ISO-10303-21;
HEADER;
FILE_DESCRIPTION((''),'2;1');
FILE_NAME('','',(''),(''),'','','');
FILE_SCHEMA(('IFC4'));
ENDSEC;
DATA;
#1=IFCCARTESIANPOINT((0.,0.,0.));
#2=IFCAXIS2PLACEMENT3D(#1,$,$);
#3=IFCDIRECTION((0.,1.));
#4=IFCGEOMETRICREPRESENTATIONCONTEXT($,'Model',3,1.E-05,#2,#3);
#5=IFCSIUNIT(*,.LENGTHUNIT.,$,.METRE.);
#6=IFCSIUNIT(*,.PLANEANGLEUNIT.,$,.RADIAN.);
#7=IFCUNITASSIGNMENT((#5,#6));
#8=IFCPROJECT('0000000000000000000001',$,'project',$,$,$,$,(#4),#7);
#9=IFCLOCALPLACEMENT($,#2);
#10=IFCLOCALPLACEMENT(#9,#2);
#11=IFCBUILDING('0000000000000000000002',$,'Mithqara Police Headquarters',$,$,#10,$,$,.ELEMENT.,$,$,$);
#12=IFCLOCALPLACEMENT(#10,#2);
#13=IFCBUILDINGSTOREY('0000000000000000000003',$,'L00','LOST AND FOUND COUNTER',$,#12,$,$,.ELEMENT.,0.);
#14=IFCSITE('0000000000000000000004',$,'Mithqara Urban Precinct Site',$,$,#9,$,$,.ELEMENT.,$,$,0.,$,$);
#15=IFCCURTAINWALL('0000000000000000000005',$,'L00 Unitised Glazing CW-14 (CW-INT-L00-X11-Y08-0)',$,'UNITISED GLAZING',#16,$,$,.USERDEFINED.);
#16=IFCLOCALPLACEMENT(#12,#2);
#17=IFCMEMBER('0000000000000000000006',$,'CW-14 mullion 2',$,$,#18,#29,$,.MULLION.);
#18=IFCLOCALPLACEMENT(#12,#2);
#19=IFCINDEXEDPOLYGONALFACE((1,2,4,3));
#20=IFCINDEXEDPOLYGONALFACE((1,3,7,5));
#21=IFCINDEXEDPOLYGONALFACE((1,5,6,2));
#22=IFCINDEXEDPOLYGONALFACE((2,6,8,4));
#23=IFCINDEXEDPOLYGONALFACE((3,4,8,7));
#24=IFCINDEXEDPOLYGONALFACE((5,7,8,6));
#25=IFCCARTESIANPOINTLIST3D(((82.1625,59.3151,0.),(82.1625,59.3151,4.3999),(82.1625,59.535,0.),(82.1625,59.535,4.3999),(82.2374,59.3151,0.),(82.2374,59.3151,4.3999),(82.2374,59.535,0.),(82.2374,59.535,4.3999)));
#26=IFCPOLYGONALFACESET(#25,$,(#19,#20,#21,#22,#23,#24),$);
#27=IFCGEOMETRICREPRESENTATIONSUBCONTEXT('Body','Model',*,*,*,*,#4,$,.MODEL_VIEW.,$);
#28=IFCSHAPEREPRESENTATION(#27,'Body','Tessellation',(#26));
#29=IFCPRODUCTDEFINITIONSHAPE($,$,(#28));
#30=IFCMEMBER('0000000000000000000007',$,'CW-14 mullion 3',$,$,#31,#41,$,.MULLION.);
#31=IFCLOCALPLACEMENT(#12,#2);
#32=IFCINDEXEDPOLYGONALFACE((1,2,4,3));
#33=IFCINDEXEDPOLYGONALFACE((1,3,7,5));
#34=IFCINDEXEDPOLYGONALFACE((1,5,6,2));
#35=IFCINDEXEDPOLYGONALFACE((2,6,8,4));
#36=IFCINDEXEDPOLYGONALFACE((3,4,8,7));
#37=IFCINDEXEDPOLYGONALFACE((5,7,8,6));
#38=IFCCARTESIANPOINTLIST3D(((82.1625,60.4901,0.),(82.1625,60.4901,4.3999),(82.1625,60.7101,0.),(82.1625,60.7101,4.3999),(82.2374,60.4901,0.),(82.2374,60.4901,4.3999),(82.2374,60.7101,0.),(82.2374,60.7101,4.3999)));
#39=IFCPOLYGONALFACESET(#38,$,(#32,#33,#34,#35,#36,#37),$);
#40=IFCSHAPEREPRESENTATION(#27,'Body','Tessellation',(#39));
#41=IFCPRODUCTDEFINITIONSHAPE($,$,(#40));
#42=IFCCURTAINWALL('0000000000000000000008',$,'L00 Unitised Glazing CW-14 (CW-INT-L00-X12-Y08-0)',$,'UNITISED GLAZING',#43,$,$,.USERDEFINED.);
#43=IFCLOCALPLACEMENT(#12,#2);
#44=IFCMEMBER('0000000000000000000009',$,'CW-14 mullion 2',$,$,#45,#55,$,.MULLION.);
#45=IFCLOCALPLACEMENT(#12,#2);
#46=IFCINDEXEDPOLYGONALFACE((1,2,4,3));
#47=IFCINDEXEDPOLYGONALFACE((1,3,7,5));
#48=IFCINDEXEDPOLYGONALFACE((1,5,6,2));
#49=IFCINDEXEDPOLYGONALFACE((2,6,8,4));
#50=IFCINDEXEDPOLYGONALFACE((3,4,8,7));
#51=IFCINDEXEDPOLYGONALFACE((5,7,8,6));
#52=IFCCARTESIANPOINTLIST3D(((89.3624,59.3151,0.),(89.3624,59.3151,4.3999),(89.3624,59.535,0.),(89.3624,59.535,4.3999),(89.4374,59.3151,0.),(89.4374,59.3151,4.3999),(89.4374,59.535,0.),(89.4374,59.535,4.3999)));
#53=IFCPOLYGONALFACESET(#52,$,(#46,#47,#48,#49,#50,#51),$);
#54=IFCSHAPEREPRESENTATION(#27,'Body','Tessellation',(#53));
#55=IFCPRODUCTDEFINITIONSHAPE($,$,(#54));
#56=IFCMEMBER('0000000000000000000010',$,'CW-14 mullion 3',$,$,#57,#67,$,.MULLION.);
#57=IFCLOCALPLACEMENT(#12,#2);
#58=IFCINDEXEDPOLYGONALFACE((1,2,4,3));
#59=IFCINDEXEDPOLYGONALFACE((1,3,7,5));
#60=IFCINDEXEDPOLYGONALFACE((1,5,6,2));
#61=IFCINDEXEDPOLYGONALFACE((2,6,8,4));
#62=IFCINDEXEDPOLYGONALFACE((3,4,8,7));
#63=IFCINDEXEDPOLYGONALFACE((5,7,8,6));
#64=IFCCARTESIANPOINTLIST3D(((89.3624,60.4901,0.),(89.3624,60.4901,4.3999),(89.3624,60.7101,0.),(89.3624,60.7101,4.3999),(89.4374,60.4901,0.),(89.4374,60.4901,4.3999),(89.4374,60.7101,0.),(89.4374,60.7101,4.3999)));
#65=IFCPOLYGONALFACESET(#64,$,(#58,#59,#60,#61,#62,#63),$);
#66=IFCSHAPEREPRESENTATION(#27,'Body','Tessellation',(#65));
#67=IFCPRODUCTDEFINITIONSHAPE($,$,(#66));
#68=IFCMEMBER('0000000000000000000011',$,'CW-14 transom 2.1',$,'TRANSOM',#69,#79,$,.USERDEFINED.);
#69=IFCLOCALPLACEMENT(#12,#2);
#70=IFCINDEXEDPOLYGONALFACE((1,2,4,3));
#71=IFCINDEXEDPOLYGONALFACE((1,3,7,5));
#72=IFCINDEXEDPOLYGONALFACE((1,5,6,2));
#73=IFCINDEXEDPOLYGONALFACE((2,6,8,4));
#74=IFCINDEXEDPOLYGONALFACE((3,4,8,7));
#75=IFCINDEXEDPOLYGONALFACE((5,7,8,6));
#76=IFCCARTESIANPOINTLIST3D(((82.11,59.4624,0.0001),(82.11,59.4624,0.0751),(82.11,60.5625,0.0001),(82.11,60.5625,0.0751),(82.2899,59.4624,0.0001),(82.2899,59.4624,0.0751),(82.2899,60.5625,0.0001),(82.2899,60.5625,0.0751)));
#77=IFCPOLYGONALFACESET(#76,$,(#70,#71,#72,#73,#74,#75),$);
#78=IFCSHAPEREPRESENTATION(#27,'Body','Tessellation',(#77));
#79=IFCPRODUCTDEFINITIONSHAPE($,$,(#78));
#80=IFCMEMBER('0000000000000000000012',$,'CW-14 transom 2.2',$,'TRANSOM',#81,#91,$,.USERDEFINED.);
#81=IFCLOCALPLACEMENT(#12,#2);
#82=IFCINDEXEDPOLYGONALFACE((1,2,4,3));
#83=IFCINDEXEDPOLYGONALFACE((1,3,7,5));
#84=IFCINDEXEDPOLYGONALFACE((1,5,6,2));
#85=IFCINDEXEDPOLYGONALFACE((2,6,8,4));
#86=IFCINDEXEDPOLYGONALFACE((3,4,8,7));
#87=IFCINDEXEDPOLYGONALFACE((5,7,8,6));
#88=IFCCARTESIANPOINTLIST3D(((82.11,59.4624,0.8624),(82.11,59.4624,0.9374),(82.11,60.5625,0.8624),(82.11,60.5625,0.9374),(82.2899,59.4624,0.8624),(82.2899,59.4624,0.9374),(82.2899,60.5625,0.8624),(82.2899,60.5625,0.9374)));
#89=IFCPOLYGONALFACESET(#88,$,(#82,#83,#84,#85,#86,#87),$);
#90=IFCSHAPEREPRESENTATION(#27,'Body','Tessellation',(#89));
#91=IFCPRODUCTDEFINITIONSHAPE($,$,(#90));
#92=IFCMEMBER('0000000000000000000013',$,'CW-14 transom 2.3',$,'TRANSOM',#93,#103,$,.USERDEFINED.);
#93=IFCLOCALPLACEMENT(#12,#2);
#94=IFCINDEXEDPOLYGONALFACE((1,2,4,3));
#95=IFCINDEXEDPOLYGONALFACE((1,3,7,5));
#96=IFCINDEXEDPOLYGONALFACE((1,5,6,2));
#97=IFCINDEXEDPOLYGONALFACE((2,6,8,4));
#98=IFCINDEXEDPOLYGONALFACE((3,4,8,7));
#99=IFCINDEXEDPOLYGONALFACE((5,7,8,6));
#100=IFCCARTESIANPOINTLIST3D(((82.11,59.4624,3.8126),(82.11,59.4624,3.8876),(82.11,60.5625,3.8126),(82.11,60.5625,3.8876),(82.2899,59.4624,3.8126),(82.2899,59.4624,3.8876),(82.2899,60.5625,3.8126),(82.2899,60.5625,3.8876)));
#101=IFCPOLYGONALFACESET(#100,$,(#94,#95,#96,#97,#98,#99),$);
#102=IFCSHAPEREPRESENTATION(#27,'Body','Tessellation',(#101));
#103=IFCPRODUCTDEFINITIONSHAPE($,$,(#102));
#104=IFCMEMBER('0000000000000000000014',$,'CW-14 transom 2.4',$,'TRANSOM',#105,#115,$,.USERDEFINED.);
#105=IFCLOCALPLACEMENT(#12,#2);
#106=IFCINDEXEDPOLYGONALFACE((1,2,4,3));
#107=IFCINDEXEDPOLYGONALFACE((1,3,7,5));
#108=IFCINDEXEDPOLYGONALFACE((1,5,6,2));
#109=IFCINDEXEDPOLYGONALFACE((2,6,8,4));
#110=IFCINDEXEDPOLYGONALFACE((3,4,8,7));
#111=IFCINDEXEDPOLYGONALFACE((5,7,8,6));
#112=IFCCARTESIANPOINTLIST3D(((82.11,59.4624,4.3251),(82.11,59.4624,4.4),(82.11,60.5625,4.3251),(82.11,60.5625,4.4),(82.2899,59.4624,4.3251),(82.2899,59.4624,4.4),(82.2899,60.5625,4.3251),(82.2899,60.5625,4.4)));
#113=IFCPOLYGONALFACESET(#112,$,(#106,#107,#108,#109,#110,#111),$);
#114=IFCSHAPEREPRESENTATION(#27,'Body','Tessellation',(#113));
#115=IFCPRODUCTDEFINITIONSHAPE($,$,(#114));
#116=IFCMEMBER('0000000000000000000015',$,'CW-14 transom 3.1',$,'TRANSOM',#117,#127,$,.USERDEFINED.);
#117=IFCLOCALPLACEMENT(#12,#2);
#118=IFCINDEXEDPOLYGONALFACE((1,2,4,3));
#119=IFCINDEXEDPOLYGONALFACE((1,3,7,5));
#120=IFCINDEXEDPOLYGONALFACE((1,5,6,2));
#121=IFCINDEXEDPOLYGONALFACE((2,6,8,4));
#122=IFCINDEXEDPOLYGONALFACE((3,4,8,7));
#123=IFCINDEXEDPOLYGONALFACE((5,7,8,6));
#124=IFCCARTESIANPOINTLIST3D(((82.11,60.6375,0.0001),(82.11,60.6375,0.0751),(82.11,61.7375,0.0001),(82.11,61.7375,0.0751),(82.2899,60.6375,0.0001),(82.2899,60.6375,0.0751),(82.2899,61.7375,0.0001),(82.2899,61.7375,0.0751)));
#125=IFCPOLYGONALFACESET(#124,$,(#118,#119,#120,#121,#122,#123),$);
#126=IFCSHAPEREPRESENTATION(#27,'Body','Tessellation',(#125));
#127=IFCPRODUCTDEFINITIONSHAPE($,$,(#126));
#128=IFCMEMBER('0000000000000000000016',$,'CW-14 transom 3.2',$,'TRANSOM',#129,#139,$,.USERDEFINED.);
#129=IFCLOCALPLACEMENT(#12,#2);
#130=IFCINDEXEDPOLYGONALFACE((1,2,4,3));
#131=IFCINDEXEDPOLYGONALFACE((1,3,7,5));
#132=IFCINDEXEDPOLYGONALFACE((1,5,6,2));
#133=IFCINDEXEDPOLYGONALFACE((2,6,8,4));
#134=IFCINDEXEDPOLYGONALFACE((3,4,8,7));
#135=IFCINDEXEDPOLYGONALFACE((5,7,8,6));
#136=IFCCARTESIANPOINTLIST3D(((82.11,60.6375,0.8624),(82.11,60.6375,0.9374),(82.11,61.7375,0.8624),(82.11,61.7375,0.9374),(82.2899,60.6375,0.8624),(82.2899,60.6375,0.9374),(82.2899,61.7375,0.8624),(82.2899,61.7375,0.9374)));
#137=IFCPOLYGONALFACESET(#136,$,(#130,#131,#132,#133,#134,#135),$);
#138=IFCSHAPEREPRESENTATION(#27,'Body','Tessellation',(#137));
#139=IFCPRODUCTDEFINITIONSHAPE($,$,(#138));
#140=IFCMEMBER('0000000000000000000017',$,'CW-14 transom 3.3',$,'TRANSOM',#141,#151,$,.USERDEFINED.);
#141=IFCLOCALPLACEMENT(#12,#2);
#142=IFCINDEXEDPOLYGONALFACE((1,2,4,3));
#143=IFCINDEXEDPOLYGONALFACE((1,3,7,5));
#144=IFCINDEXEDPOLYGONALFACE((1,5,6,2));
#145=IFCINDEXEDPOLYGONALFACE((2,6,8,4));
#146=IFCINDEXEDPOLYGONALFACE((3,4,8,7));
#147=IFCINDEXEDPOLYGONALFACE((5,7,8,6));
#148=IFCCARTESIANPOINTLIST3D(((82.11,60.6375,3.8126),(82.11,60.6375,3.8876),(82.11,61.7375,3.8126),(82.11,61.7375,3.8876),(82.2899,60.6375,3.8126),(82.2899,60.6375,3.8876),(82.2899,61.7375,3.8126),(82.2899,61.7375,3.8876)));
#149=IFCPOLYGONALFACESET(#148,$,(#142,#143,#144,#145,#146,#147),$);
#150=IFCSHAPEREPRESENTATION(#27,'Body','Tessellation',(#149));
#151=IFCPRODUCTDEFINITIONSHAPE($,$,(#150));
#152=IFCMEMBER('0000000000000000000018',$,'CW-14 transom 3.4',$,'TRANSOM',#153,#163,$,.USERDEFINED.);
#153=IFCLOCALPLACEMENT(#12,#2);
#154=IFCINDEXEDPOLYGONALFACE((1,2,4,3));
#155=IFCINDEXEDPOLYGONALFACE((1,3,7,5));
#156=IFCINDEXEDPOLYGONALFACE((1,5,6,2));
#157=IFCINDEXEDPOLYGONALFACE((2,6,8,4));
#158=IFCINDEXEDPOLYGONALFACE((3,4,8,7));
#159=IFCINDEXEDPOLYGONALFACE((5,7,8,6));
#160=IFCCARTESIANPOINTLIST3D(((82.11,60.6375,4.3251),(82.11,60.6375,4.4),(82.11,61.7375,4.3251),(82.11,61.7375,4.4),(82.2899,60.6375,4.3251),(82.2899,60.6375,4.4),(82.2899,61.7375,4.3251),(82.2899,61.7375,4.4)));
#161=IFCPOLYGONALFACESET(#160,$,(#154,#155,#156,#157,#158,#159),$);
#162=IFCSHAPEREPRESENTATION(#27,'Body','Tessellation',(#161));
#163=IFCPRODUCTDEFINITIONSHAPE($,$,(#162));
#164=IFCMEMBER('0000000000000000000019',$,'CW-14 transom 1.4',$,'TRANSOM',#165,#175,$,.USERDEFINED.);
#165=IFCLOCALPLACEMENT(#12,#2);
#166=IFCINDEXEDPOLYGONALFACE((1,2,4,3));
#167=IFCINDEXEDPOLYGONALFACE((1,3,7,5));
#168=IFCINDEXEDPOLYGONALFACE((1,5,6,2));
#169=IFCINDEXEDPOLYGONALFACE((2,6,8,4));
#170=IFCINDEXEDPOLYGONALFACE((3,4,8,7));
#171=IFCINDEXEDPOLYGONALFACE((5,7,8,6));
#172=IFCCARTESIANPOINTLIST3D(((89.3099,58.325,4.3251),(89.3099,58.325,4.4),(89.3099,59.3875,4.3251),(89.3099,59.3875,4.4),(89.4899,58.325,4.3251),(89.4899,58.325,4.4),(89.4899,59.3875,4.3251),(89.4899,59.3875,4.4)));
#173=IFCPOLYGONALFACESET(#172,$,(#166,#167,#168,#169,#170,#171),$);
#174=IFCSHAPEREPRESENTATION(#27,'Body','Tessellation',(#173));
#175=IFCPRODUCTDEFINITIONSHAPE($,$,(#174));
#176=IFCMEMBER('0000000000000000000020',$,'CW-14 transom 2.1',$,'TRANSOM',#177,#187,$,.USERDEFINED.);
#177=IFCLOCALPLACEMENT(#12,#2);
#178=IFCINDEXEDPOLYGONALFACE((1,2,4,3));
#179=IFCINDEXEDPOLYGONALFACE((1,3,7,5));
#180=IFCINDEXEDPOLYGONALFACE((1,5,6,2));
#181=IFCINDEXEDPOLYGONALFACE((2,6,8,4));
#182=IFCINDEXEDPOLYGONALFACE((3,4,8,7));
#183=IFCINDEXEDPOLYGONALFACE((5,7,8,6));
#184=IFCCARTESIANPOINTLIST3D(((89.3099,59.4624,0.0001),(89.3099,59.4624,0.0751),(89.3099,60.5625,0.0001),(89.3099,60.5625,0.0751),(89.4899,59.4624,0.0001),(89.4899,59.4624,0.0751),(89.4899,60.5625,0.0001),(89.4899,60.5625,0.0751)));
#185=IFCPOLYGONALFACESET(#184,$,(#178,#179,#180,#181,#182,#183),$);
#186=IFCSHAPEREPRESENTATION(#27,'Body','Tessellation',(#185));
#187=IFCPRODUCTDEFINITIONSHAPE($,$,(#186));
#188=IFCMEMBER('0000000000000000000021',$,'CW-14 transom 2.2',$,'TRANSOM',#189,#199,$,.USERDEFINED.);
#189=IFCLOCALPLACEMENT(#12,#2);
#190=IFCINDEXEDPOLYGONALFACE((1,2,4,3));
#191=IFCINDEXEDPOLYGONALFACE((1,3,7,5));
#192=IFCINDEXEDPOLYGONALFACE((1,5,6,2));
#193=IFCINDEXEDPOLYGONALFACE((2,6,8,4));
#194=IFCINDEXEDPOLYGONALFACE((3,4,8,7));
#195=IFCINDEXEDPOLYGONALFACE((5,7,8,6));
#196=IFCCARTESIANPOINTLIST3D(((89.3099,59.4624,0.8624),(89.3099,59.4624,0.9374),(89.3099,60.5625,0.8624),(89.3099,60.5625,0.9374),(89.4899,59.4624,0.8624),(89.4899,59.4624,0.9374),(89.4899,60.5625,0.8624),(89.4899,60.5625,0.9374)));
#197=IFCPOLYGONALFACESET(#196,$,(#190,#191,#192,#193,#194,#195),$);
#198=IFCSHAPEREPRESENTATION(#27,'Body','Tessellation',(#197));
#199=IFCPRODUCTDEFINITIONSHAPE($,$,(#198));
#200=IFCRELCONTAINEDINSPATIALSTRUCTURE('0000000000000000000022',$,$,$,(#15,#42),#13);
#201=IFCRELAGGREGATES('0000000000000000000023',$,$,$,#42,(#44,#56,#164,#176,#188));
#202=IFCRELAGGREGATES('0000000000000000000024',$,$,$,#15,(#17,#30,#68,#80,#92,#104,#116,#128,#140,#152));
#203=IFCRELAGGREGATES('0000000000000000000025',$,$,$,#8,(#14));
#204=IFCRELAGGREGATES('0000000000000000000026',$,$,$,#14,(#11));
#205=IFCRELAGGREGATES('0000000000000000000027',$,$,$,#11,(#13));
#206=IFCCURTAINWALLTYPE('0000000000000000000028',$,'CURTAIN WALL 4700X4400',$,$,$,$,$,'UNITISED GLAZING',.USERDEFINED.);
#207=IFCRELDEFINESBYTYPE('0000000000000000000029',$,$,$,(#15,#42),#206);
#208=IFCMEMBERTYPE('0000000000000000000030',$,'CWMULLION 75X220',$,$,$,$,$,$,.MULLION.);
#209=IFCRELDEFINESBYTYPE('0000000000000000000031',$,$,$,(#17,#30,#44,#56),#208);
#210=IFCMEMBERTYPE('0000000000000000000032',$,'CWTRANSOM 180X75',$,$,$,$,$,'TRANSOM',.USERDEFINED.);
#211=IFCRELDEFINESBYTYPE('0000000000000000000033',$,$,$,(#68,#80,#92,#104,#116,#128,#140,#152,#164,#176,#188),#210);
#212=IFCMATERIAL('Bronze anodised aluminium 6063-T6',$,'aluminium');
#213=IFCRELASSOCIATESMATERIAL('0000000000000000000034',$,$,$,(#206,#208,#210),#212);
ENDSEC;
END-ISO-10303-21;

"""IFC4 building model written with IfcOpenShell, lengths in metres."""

from ifc_helpers import new_model, si_unit, direction, frame, origin, origin_2d, place, context, subcontext, project, spatial, rectangle, extrude, material, material_profile, profile_set, type_object, element, aggregate, save


model = new_model("IFC4")

# Units and contexts
model_context = context("Model", 3, precision=1e-05, world=origin(), true_north=direction((0.0, 1.0)))
body_context = subcontext(model_context, "Body", "Model", "MODEL_VIEW")
ifc_project = project(units=[si_unit("LENGTHUNIT", "METRE"), si_unit("PLANEANGLEUNIT", "RADIAN")], contexts=[model_context])

# Site, building, storey
site_placement = place(None, origin())
site = spatial("IfcSite", under=ifc_project, at=site_placement, Name="Mithqara Urban Precinct Site", CompositionType="ELEMENT", RefElevation=0.0)
building_placement = place(site_placement, origin())
building = spatial("IfcBuilding", under=site, at=building_placement, Name="Mithqara Police Headquarters", CompositionType="ELEMENT")
storey_placement = place(building_placement, origin())
storey = spatial("IfcBuildingStorey", under=building, at=storey_placement, Name="L00", Description="LOST AND FOUND COUNTER", CompositionType="ELEMENT", Elevation=0.0)

# Curtain walls, members
ifc_material_1 = material(Name="Bronze anodised aluminium 6063-T6", Category="aluminium")
curtain_wall_type = type_object("IfcCurtainWallType", Name="CURTAIN WALL 4700X4400", ElementType="UNITISED GLAZING", PredefinedType="USERDEFINED", material=ifc_material_1)
curtain_wall_1_placement = place(storey_placement, origin())
curtain_wall_1 = element("IfcCurtainWall", 1, at=curtain_wall_1_placement, inside=storey, type_object=curtain_wall_type, Name="L00 Unitised Glazing CW-14 (CW-INT-L00-X11-Y08-0)", ObjectType="UNITISED GLAZING", PredefinedType="USERDEFINED")
ifc_material_profile_1 = material_profile(ifc_material_1, rectangle(XDim=0.075, YDim=0.22, at=origin_2d()), Name="CWM 75x220")
ifc_profile_set_1 = profile_set([ifc_material_profile_1], Name="Bronze anodised aluminium 6063-T6")
member_type_1 = type_object("IfcMemberType", Name="CWMULLION 75X220", PredefinedType="MULLION", material=ifc_profile_set_1)
member_1_placement = place(storey_placement, frame((82.2, 59.425, 0.0), z_axis=(0.0, 0.0, 1.0), x_axis=(-1.0, 0.0, 0.0)))
member_1 = element("IfcMember", 2, at=member_1_placement, type_object=member_type_1, Name="CW-14 mullion 2", PredefinedType="MULLION", context=body_context, shape_type="SweptSolid", body=[
    extrude(rectangle(XDim=0.075, YDim=0.22, at=origin_2d()), origin(), (0.0, 0.0, 1.0), 4.3999),
])
member_2_placement = place(storey_placement, frame((82.2, 60.6001, 0.0), z_axis=(0.0, 0.0, 1.0), x_axis=(-1.0, 0.0, 0.0)))
member_2 = element("IfcMember", 3, at=member_2_placement, type_object=member_type_1, Name="CW-14 mullion 3", PredefinedType="MULLION", context=body_context, shape_type="SweptSolid", body=[
    extrude(rectangle(XDim=0.075, YDim=0.22, at=origin_2d()), origin(), (0.0, 0.0, 1.0), 4.3999),
])
curtain_wall_2_placement = place(storey_placement, origin())
curtain_wall_2 = element("IfcCurtainWall", 4, at=curtain_wall_2_placement, inside=storey, type_object=curtain_wall_type, Name="L00 Unitised Glazing CW-14 (CW-INT-L00-X12-Y08-0)", ObjectType="UNITISED GLAZING", PredefinedType="USERDEFINED")
member_3_placement = place(storey_placement, frame((89.3999, 59.425, 0.0), z_axis=(0.0, 0.0, 1.0), x_axis=(-1.0, 0.0, 0.0)))
member_3 = element("IfcMember", 5, at=member_3_placement, type_object=member_type_1, Name="CW-14 mullion 2", PredefinedType="MULLION", context=body_context, shape_type="SweptSolid", body=[
    extrude(rectangle(XDim=0.075, YDim=0.22, at=origin_2d()), origin(), (0.0, 0.0, 1.0), 4.3999),
])
member_4_placement = place(storey_placement, frame((89.3999, 60.6001, 0.0), z_axis=(0.0, 0.0, 1.0), x_axis=(-1.0, 0.0, 0.0)))
member_4 = element("IfcMember", 6, at=member_4_placement, type_object=member_type_1, Name="CW-14 mullion 3", PredefinedType="MULLION", context=body_context, shape_type="SweptSolid", body=[
    extrude(rectangle(XDim=0.075, YDim=0.22, at=origin_2d()), origin(), (0.0, 0.0, 1.0), 4.3999),
])

# Members
ifc_material_profile_2 = material_profile(ifc_material_1, rectangle(XDim=0.1799, YDim=0.075, at=origin_2d()), Name="CWT 180x75")
ifc_profile_set_2 = profile_set([ifc_material_profile_2], Name="Bronze anodised aluminium 6063-T6")
member_type_2 = type_object("IfcMemberType", Name="CWTRANSOM 180X75", ElementType="TRANSOM", PredefinedType="USERDEFINED", material=ifc_profile_set_2)
member_5_placement = place(storey_placement, frame((82.2, 59.4624, 0.0376), z_axis=(0.0, 1.0, 0.0), x_axis=(-1.0, 0.0, 0.0)))
member_5 = element("IfcMember", 7, at=member_5_placement, type_object=member_type_2, Name="CW-14 transom 2.1", ObjectType="TRANSOM", PredefinedType="USERDEFINED", context=body_context, shape_type="SweptSolid", body=[
    extrude(rectangle(XDim=0.1799, YDim=0.075, at=origin_2d()), origin(), (0.0, 0.0, 1.0), 1.1001),
])
member_6_placement = place(storey_placement, frame((82.2, 59.4624, 0.8999), z_axis=(0.0, 1.0, 0.0), x_axis=(-1.0, 0.0, 0.0)))
member_6 = element("IfcMember", 8, at=member_6_placement, type_object=member_type_2, Name="CW-14 transom 2.2", ObjectType="TRANSOM", PredefinedType="USERDEFINED", context=body_context, shape_type="SweptSolid", body=[
    extrude(rectangle(XDim=0.1799, YDim=0.075, at=origin_2d()), origin(), (0.0, 0.0, 1.0), 1.1001),
])
member_7_placement = place(storey_placement, frame((82.2, 59.4624, 3.8501), z_axis=(0.0, 1.0, 0.0), x_axis=(-1.0, 0.0, 0.0)))
member_7 = element("IfcMember", 9, at=member_7_placement, type_object=member_type_2, Name="CW-14 transom 2.3", ObjectType="TRANSOM", PredefinedType="USERDEFINED", context=body_context, shape_type="SweptSolid", body=[
    extrude(rectangle(XDim=0.1799, YDim=0.075, at=origin_2d()), origin(), (0.0, 0.0, 1.0), 1.1001),
])
member_8_placement = place(storey_placement, frame((82.2, 59.4624, 4.3625), z_axis=(0.0, 1.0, 0.0), x_axis=(-1.0, 0.0, 0.0)))
member_8 = element("IfcMember", 10, at=member_8_placement, type_object=member_type_2, Name="CW-14 transom 2.4", ObjectType="TRANSOM", PredefinedType="USERDEFINED", context=body_context, shape_type="SweptSolid", body=[
    extrude(rectangle(XDim=0.1799, YDim=0.075, at=origin_2d()), origin(), (0.0, 0.0, 1.0), 1.1001),
])
member_9_placement = place(storey_placement, frame((82.2, 60.6375, 0.0376), z_axis=(0.0, 1.0, 0.0), x_axis=(-1.0, 0.0, 0.0)))
member_9 = element("IfcMember", 11, at=member_9_placement, type_object=member_type_2, Name="CW-14 transom 3.1", ObjectType="TRANSOM", PredefinedType="USERDEFINED", context=body_context, shape_type="SweptSolid", body=[
    extrude(rectangle(XDim=0.1799, YDim=0.075, at=origin_2d()), origin(), (0.0, 0.0, 1.0), 1.1001),
])
member_10_placement = place(storey_placement, frame((82.2, 60.6375, 0.8999), z_axis=(0.0, 1.0, 0.0), x_axis=(-1.0, 0.0, 0.0)))
member_10 = element("IfcMember", 12, at=member_10_placement, type_object=member_type_2, Name="CW-14 transom 3.2", ObjectType="TRANSOM", PredefinedType="USERDEFINED", context=body_context, shape_type="SweptSolid", body=[
    extrude(rectangle(XDim=0.1799, YDim=0.075, at=origin_2d()), origin(), (0.0, 0.0, 1.0), 1.1001),
])
member_11_placement = place(storey_placement, frame((82.2, 60.6375, 3.8501), z_axis=(0.0, 1.0, 0.0), x_axis=(-1.0, 0.0, 0.0)))
member_11 = element("IfcMember", 13, at=member_11_placement, type_object=member_type_2, Name="CW-14 transom 3.3", ObjectType="TRANSOM", PredefinedType="USERDEFINED", context=body_context, shape_type="SweptSolid", body=[
    extrude(rectangle(XDim=0.1799, YDim=0.075, at=origin_2d()), origin(), (0.0, 0.0, 1.0), 1.1001),
])
member_12_placement = place(storey_placement, frame((82.2, 60.6375, 4.3625), z_axis=(0.0, 1.0, 0.0), x_axis=(-1.0, 0.0, 0.0)))
member_12 = element("IfcMember", 14, at=member_12_placement, type_object=member_type_2, Name="CW-14 transom 3.4", ObjectType="TRANSOM", PredefinedType="USERDEFINED", context=body_context, shape_type="SweptSolid", body=[
    extrude(rectangle(XDim=0.1799, YDim=0.075, at=origin_2d()), origin(), (0.0, 0.0, 1.0), 1.1001),
])
member_13_placement = place(storey_placement, frame((89.3999, 58.325, 4.3625), z_axis=(0.0, 1.0, 0.0), x_axis=(-1.0, 0.0, 0.0)))
member_13 = element("IfcMember", 15, at=member_13_placement, type_object=member_type_2, Name="CW-14 transom 1.4", ObjectType="TRANSOM", PredefinedType="USERDEFINED", context=body_context, shape_type="SweptSolid", body=[
    extrude(rectangle(XDim=0.1799, YDim=0.075, at=origin_2d()), origin(), (0.0, 0.0, 1.0), 1.0625),
])
member_14_placement = place(storey_placement, frame((89.3999, 59.4624, 0.0376), z_axis=(0.0, 1.0, 0.0), x_axis=(-1.0, 0.0, 0.0)))
member_14 = element("IfcMember", 16, at=member_14_placement, type_object=member_type_2, Name="CW-14 transom 2.1", ObjectType="TRANSOM", PredefinedType="USERDEFINED", context=body_context, shape_type="SweptSolid", body=[
    extrude(rectangle(XDim=0.1799, YDim=0.075, at=origin_2d()), origin(), (0.0, 0.0, 1.0), 1.1001),
])
member_15_placement = place(storey_placement, frame((89.3999, 59.4624, 0.8999), z_axis=(0.0, 1.0, 0.0), x_axis=(-1.0, 0.0, 0.0)))
member_15 = element("IfcMember", 17, at=member_15_placement, type_object=member_type_2, Name="CW-14 transom 2.2", ObjectType="TRANSOM", PredefinedType="USERDEFINED", context=body_context, shape_type="SweptSolid", body=[
    extrude(rectangle(XDim=0.1799, YDim=0.075, at=origin_2d()), origin(), (0.0, 0.0, 1.0), 1.1001),
])

aggregate(curtain_wall_2, [member_3, member_4, member_13, member_14, member_15])
aggregate(curtain_wall_1, [member_1, member_2, member_5, member_6, member_7, member_8, member_9, member_10, member_11, member_12])

save(model, "model.ifc")
